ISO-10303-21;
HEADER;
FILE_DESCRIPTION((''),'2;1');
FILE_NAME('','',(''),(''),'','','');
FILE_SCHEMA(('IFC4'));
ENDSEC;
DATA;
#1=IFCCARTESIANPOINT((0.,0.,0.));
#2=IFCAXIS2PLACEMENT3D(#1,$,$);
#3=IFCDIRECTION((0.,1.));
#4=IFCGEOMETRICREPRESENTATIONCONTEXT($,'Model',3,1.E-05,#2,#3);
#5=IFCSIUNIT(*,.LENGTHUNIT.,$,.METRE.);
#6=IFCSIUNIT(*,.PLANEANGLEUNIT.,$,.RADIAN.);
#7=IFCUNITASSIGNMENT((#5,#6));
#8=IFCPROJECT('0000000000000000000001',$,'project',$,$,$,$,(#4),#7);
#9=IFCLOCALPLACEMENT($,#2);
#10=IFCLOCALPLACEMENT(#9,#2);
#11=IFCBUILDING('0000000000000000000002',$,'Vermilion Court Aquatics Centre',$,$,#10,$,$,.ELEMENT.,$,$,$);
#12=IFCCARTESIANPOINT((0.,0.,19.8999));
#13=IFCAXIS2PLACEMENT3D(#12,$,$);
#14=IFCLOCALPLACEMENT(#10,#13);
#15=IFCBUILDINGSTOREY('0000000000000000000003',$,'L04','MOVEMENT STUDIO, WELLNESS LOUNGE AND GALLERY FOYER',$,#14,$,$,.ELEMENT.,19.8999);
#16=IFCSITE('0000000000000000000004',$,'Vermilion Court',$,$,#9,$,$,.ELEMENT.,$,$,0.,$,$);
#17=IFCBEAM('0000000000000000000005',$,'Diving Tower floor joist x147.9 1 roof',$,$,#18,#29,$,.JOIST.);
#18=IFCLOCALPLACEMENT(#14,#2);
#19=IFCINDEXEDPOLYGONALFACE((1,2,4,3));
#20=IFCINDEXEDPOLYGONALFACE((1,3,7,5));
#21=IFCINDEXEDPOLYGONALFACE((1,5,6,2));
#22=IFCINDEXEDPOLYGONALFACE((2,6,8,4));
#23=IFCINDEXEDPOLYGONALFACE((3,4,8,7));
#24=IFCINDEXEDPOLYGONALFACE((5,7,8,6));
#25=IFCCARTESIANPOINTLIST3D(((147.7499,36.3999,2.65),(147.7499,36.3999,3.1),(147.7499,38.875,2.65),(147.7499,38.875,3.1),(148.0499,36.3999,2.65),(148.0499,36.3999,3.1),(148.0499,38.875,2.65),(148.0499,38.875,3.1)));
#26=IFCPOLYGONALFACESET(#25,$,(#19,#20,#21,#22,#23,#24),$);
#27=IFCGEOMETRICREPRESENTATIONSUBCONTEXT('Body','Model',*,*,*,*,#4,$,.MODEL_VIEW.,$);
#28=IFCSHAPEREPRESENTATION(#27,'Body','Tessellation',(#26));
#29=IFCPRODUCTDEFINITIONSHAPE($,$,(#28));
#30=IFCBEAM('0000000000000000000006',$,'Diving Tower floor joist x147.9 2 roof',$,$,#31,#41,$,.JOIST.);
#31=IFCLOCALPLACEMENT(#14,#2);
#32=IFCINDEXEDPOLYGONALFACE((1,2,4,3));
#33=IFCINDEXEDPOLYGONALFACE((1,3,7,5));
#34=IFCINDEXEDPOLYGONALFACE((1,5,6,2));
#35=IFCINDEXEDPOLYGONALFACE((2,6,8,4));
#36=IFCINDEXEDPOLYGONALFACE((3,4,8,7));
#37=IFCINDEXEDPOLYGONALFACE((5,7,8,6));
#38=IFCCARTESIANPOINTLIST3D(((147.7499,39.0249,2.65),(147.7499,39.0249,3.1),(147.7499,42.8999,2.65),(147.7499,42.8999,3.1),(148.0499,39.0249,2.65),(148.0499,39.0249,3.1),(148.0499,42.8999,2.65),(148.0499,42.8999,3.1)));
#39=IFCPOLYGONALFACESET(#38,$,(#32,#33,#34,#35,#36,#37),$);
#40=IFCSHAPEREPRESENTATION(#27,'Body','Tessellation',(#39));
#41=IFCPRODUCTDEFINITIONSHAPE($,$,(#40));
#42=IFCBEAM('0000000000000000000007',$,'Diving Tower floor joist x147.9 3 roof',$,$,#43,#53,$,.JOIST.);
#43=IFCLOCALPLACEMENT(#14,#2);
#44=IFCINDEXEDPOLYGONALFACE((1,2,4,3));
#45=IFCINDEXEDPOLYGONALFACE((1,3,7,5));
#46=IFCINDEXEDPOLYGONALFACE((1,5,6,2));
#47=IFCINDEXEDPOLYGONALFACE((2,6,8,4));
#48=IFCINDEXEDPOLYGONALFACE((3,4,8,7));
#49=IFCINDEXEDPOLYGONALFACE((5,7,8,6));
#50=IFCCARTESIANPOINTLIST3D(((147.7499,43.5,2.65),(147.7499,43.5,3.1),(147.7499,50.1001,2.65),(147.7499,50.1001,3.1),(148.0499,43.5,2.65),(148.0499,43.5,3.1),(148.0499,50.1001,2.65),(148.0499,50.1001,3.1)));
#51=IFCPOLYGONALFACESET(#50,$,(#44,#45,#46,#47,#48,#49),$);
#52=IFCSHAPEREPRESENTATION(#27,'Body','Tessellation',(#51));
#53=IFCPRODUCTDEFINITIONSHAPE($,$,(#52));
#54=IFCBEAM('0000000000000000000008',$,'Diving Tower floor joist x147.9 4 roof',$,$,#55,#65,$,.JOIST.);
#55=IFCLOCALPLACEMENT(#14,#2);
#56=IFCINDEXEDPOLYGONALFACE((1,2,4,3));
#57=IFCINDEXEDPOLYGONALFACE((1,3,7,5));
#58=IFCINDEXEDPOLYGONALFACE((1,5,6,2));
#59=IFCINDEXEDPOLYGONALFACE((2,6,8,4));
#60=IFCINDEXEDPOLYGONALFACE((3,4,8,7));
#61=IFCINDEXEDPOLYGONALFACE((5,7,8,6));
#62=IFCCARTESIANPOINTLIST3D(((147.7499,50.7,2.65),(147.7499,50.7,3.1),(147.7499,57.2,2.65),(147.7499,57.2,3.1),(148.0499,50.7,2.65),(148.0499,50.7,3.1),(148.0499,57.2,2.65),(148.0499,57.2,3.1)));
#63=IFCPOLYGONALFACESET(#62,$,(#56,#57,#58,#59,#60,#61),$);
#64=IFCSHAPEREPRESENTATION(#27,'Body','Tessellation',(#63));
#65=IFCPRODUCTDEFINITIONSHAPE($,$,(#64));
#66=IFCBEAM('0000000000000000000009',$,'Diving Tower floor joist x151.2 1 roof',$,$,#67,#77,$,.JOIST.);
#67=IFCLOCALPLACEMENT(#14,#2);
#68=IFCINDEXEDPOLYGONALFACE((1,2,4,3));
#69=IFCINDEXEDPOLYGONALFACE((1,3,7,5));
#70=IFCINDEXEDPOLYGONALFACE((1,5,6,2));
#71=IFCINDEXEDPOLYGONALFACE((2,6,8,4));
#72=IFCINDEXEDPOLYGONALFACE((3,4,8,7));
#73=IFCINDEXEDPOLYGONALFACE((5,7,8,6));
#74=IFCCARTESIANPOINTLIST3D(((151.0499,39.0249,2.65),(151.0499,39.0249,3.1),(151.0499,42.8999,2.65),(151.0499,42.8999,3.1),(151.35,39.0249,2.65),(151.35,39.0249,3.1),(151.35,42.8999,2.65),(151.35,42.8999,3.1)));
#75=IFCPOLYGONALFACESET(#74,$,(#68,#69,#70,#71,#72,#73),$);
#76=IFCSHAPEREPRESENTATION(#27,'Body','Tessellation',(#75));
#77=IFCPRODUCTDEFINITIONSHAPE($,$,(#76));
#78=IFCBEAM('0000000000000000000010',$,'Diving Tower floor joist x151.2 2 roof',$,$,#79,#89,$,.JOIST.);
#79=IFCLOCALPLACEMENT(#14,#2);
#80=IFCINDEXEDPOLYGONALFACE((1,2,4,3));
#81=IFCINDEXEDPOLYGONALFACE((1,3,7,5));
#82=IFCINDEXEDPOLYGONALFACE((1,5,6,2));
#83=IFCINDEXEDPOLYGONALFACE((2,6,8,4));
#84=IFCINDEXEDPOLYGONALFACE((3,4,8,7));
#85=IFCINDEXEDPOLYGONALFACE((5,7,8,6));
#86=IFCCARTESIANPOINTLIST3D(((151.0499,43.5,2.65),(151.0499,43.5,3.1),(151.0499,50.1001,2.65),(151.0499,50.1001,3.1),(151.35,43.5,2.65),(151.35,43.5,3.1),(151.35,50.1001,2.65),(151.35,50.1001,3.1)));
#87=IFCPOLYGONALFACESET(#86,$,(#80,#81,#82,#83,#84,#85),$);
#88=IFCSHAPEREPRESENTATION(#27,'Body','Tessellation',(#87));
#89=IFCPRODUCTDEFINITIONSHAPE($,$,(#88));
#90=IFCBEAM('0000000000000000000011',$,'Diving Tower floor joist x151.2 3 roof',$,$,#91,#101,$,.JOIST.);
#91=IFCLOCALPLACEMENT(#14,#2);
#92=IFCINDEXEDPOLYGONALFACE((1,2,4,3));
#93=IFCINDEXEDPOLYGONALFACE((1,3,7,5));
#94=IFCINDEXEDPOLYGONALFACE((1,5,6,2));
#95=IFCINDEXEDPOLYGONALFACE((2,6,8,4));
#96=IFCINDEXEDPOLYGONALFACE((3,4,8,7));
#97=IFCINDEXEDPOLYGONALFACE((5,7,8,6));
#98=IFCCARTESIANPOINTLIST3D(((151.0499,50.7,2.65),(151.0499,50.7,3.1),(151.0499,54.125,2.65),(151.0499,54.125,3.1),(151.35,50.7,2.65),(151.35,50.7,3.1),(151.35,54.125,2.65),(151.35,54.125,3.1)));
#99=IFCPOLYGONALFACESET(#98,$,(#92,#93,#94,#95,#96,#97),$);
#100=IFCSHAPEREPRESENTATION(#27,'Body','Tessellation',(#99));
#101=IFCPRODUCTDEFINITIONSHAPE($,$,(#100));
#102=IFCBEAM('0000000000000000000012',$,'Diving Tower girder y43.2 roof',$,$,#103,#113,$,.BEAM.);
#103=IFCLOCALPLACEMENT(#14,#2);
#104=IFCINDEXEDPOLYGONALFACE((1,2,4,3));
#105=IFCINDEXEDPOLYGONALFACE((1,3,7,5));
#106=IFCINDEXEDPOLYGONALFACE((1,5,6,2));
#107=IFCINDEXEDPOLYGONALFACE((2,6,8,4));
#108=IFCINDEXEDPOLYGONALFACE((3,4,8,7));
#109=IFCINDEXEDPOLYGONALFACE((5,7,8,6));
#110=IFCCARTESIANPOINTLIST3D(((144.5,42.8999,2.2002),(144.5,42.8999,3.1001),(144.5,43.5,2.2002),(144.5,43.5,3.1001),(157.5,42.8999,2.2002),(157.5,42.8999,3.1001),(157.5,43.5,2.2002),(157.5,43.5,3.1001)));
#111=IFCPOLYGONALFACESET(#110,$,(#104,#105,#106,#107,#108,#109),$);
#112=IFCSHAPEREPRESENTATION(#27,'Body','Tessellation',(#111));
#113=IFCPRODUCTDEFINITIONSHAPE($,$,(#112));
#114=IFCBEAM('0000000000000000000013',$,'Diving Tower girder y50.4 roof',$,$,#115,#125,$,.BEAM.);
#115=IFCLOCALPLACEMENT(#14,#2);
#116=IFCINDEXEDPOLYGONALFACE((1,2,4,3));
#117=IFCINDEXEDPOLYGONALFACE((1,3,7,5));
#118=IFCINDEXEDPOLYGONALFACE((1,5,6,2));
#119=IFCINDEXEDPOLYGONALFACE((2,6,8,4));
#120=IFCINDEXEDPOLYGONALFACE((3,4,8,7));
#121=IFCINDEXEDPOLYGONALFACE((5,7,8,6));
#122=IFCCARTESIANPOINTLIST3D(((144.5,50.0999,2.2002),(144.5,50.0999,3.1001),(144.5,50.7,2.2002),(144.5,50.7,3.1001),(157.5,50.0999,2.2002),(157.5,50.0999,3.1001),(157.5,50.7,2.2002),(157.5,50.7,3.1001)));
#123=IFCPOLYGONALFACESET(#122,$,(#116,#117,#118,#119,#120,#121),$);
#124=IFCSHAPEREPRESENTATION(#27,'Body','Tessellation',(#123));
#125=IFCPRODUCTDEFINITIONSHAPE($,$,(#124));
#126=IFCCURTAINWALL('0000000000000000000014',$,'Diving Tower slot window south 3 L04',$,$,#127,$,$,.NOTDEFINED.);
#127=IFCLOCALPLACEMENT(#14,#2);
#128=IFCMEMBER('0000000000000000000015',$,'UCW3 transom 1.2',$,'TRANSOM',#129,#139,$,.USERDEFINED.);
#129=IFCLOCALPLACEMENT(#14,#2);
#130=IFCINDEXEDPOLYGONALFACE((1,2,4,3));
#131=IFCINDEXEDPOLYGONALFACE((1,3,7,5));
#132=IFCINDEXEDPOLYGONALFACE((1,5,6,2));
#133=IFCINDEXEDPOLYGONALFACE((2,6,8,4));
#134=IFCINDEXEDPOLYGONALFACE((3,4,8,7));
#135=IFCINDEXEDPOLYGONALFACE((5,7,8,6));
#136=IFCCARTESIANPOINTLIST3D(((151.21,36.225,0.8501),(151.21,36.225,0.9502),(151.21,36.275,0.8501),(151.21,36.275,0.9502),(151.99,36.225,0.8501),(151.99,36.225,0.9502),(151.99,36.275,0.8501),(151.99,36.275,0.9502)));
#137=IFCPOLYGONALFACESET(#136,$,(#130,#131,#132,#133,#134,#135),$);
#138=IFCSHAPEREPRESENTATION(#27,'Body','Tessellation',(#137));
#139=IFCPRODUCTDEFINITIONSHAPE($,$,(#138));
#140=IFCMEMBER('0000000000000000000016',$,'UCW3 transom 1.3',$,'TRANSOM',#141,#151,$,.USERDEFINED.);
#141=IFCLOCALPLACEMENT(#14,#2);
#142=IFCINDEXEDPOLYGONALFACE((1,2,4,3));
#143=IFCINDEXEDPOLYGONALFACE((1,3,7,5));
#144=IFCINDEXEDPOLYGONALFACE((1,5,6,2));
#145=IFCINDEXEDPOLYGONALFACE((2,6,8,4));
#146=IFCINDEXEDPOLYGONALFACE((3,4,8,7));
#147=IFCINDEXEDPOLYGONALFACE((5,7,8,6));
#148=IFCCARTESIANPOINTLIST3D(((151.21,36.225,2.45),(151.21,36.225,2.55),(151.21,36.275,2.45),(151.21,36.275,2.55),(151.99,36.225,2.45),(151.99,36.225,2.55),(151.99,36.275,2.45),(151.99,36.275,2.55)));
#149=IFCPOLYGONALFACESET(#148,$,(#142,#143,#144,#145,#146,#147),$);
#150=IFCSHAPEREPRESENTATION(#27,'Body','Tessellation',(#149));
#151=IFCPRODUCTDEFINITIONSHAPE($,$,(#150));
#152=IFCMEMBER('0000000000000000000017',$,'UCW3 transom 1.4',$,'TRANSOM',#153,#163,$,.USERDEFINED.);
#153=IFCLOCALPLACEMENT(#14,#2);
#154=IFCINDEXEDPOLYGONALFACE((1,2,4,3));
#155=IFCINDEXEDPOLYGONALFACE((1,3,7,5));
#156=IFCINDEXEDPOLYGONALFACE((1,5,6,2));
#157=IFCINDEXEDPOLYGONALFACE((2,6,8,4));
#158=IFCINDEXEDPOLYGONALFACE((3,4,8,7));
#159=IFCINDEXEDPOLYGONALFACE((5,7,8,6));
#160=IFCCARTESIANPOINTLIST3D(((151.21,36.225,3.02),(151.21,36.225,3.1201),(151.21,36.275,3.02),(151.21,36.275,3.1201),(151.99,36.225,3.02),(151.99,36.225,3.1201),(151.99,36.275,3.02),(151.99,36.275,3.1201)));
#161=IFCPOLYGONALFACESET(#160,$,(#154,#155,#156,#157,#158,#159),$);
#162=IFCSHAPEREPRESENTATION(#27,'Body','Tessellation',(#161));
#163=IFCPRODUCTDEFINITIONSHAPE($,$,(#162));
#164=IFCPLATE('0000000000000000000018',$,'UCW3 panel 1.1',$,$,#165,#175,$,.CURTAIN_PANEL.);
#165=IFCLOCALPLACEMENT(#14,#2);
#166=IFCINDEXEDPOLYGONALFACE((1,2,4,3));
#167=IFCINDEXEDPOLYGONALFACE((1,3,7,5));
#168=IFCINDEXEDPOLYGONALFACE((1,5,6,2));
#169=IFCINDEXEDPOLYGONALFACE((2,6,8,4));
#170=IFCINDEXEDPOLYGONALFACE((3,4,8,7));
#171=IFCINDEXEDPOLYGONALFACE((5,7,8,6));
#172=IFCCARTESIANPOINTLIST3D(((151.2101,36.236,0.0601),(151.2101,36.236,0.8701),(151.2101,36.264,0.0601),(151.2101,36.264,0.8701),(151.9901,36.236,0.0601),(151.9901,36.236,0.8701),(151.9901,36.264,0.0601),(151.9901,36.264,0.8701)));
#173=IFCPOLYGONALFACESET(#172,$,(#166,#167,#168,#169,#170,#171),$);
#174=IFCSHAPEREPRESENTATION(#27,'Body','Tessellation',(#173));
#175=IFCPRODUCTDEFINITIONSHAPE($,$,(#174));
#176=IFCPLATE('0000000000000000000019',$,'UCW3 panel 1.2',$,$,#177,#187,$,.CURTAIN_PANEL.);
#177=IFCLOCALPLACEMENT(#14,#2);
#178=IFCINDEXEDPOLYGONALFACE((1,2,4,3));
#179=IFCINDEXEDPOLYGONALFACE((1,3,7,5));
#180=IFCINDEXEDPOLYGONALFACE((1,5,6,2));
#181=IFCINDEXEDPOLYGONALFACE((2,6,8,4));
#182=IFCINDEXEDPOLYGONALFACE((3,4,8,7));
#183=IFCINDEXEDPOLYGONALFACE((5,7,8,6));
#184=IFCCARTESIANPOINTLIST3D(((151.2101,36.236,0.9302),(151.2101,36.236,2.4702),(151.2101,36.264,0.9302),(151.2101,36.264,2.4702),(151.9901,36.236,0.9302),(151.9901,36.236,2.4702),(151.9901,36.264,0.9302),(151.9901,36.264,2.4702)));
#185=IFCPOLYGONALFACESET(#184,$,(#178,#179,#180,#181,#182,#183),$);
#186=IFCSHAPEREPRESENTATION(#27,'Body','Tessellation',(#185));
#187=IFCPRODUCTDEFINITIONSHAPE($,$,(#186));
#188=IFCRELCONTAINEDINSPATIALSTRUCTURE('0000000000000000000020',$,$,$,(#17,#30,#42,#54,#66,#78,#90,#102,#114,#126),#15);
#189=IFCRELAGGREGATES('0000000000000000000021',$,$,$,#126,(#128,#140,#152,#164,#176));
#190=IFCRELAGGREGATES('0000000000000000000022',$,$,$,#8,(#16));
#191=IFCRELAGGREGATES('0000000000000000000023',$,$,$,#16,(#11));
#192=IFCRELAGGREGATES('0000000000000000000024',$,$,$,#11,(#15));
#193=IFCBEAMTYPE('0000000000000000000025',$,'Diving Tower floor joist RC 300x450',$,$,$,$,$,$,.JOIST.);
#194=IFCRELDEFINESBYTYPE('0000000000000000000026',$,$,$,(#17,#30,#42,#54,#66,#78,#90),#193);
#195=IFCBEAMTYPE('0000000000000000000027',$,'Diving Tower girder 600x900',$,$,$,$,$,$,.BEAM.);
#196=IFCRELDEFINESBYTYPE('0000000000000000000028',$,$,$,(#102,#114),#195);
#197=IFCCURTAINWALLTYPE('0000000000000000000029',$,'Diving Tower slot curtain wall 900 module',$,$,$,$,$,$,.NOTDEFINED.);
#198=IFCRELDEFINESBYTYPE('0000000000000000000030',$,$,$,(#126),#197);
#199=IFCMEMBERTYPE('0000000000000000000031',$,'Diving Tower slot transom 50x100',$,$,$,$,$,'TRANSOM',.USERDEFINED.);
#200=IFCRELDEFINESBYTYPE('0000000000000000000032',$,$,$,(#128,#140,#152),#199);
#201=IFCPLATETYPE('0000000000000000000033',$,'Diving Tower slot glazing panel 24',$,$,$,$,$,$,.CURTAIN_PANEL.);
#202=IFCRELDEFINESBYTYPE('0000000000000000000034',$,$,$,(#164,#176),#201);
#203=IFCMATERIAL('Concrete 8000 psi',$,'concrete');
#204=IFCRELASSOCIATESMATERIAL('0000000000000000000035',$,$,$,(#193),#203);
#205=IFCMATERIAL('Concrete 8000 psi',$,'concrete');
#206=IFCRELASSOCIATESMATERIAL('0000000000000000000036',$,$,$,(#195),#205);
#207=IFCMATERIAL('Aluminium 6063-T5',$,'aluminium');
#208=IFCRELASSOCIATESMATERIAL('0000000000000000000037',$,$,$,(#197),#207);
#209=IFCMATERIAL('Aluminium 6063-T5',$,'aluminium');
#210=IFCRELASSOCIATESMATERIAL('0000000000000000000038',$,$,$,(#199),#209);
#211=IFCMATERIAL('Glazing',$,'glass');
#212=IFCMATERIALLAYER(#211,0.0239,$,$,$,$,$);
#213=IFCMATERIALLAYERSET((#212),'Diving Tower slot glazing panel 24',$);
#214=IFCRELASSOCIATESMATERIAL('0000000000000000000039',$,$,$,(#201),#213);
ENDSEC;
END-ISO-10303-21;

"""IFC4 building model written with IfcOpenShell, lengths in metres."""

from ifc_helpers import new_model, si_unit, direction, frame, origin, origin_2d, place, context, subcontext, project, spatial, rectangle, extrude, material, layer, layer_set, material_profile, profile_set, type_object, element, aggregate, save


model = new_model("IFC4")

# Units and contexts
model_context = context("Model", 3, precision=1e-05, world=origin(), true_north=direction((0.0, 1.0)))
body_context = subcontext(model_context, "Body", "Model", "MODEL_VIEW")
ifc_project = project(units=[si_unit("LENGTHUNIT", "METRE"), si_unit("PLANEANGLEUNIT", "RADIAN")], contexts=[model_context])

# Site, building, storey
site_placement = place(None, origin())
site = spatial("IfcSite", under=ifc_project, at=site_placement, Name="Vermilion Court", CompositionType="ELEMENT", RefElevation=0.0)
building_placement = place(site_placement, origin())
building = spatial("IfcBuilding", under=site, at=building_placement, Name="Vermilion Court Aquatics Centre", CompositionType="ELEMENT")
storey_placement = place(building_placement, frame((0.0, 0.0, 19.8999)))
storey = spatial("IfcBuildingStorey", under=building, at=storey_placement, Name="L04", Description="MOVEMENT STUDIO, WELLNESS LOUNGE AND GALLERY FOYER", CompositionType="ELEMENT", Elevation=19.8999)

# Beams
ifc_material_1 = material(Name="Concrete 8000 psi", Category="concrete")
ifc_material_profile_1 = material_profile(ifc_material_1, rectangle(XDim=0.3, YDim=0.45, at=origin_2d()), Name="RC 300x450")
ifc_profile_set_1 = profile_set([ifc_material_profile_1], Name="Concrete 8000 psi")
beam_type_1 = type_object("IfcBeamType", Name="Diving Tower floor joist RC 300x450", PredefinedType="JOIST", material=ifc_profile_set_1)
beam_1_placement = place(storey_placement, frame((147.8999, 36.3999, 2.875), z_axis=(0.0, 1.0, 0.0), x_axis=(-1.0, 0.0, 0.0)))
element("IfcBeam", 1, at=beam_1_placement, inside=storey, type_object=beam_type_1, Name="Diving Tower floor joist x147.9 1 roof", PredefinedType="JOIST", context=body_context, shape_type="SweptSolid", body=[
    extrude(rectangle(XDim=0.3, YDim=0.45, at=origin_2d()), origin(), (0.0, 0.0, 1.0), 2.4751),
])
beam_2_placement = place(storey_placement, frame((147.8999, 39.0249, 2.875), z_axis=(0.0, 1.0, 0.0), x_axis=(-1.0, 0.0, 0.0)))
element("IfcBeam", 2, at=beam_2_placement, inside=storey, type_object=beam_type_1, Name="Diving Tower floor joist x147.9 2 roof", PredefinedType="JOIST", context=body_context, shape_type="SweptSolid", body=[
    extrude(rectangle(XDim=0.3, YDim=0.45, at=origin_2d()), origin(), (0.0, 0.0, 1.0), 3.875),
])
beam_3_placement = place(storey_placement, frame((147.8999, 43.5, 2.875), z_axis=(0.0, 1.0, 0.0), x_axis=(-1.0, 0.0, 0.0)))
element("IfcBeam", 3, at=beam_3_placement, inside=storey, type_object=beam_type_1, Name="Diving Tower floor joist x147.9 3 roof", PredefinedType="JOIST", context=body_context, shape_type="SweptSolid", body=[
    extrude(rectangle(XDim=0.3, YDim=0.45, at=origin_2d()), origin(), (0.0, 0.0, 1.0), 6.6001),
])
beam_4_placement = place(storey_placement, frame((147.8999, 50.7, 2.875), z_axis=(0.0, 1.0, 0.0), x_axis=(-1.0, 0.0, 0.0)))
element("IfcBeam", 4, at=beam_4_placement, inside=storey, type_object=beam_type_1, Name="Diving Tower floor joist x147.9 4 roof", PredefinedType="JOIST", context=body_context, shape_type="SweptSolid", body=[
    extrude(rectangle(XDim=0.3, YDim=0.45, at=origin_2d()), origin(), (0.0, 0.0, 1.0), 6.5),
])
beam_5_placement = place(storey_placement, frame((151.2, 39.0249, 2.875), z_axis=(0.0, 1.0, 0.0), x_axis=(-1.0, 0.0, 0.0)))
element("IfcBeam", 5, at=beam_5_placement, inside=storey, type_object=beam_type_1, Name="Diving Tower floor joist x151.2 1 roof", PredefinedType="JOIST", context=body_context, shape_type="SweptSolid", body=[
    extrude(rectangle(XDim=0.3, YDim=0.45, at=origin_2d()), origin(), (0.0, 0.0, 1.0), 3.875),
])
beam_6_placement = place(storey_placement, frame((151.2, 43.5, 2.875), z_axis=(0.0, 1.0, 0.0), x_axis=(-1.0, 0.0, 0.0)))
element("IfcBeam", 6, at=beam_6_placement, inside=storey, type_object=beam_type_1, Name="Diving Tower floor joist x151.2 2 roof", PredefinedType="JOIST", context=body_context, shape_type="SweptSolid", body=[
    extrude(rectangle(XDim=0.3, YDim=0.45, at=origin_2d()), origin(), (0.0, 0.0, 1.0), 6.6001),
])
beam_7_placement = place(storey_placement, frame((151.2, 50.7, 2.875), z_axis=(0.0, 1.0, 0.0), x_axis=(-1.0, 0.0, 0.0)))
element("IfcBeam", 7, at=beam_7_placement, inside=storey, type_object=beam_type_1, Name="Diving Tower floor joist x151.2 3 roof", PredefinedType="JOIST", context=body_context, shape_type="SweptSolid", body=[
    extrude(rectangle(XDim=0.3, YDim=0.45, at=origin_2d()), origin(), (0.0, 0.0, 1.0), 3.425),
])
ifc_material_2 = material(Name="Concrete 8000 psi", Category="concrete")
ifc_material_profile_2 = material_profile(ifc_material_2, rectangle(XDim=0.6001, YDim=0.8999, at=origin_2d()), Name="RC 600x900")
ifc_profile_set_2 = profile_set([ifc_material_profile_2], Name="Concrete 8000 psi")
beam_type_2 = type_object("IfcBeamType", Name="Diving Tower girder 600x900", PredefinedType="BEAM", material=ifc_profile_set_2)
for number, where, z_axis, x_axis, name in (
    (8, (144.5, 43.2, 2.6501), (1.0, 0.0, 0.0), (0.0, 1.0, 0.0), "Diving Tower girder y43.2 roof"),
    (9, (144.5, 50.3999, 2.6501), (1.0, 0.0, 0.0), (0.0, 1.0, 0.0), "Diving Tower girder y50.4 roof"),
):
    element("IfcBeam", number, at=place(storey_placement, frame(where, z_axis=z_axis, x_axis=x_axis)), inside=storey, type_object=beam_type_2, Name=name, PredefinedType="BEAM", context=body_context, shape_type="SweptSolid", body=[
        extrude(rectangle(XDim=0.6001, YDim=0.8999, at=origin_2d()), origin(), (0.0, 0.0, 1.0), 13.0),
    ])

# Curtain wall, members, plates
ifc_material_3 = material(Name="Aluminium 6063-T5", Category="aluminium")
curtain_wall_type = type_object("IfcCurtainWallType", Name="Diving Tower slot curtain wall 900 module", PredefinedType="NOTDEFINED", material=ifc_material_3)
curtain_wall_placement = place(storey_placement, origin())
curtain_wall = element("IfcCurtainWall", 10, at=curtain_wall_placement, inside=storey, type_object=curtain_wall_type, Name="Diving Tower slot window south 3 L04", PredefinedType="NOTDEFINED")
ifc_material_4 = material(Name="Aluminium 6063-T5", Category="aluminium")
ifc_material_profile_3 = material_profile(ifc_material_4, rectangle(XDim=0.05, YDim=0.1001, at=origin_2d()), Name="AL 50x100")
ifc_profile_set_3 = profile_set([ifc_material_profile_3], Name="Aluminium 6063-T5")
member_type = type_object("IfcMemberType", Name="Diving Tower slot transom 50x100", ElementType="TRANSOM", PredefinedType="USERDEFINED", material=ifc_profile_set_3)
member_1_placement = place(storey_placement, frame((151.21, 36.25, 0.9001), z_axis=(1.0, 0.0, 0.0), x_axis=(0.0, 1.0, 0.0)))
member_1 = element("IfcMember", 11, at=member_1_placement, type_object=member_type, Name="UCW3 transom 1.2", ObjectType="TRANSOM", PredefinedType="USERDEFINED", context=body_context, shape_type="SweptSolid", body=[
    extrude(rectangle(XDim=0.05, YDim=0.1001, at=origin_2d()), origin(), (0.0, 0.0, 1.0), 0.78),
])
member_2_placement = place(storey_placement, frame((151.21, 36.25, 2.5), z_axis=(1.0, 0.0, 0.0), x_axis=(0.0, 1.0, 0.0)))
member_2 = element("IfcMember", 12, at=member_2_placement, type_object=member_type, Name="UCW3 transom 1.3", ObjectType="TRANSOM", PredefinedType="USERDEFINED", context=body_context, shape_type="SweptSolid", body=[
    extrude(rectangle(XDim=0.05, YDim=0.1001, at=origin_2d()), origin(), (0.0, 0.0, 1.0), 0.78),
])
member_3_placement = place(storey_placement, frame((151.21, 36.25, 3.0701), z_axis=(1.0, 0.0, 0.0), x_axis=(0.0, 1.0, 0.0)))
member_3 = element("IfcMember", 13, at=member_3_placement, type_object=member_type, Name="UCW3 transom 1.4", ObjectType="TRANSOM", PredefinedType="USERDEFINED", context=body_context, shape_type="SweptSolid", body=[
    extrude(rectangle(XDim=0.05, YDim=0.1001, at=origin_2d()), origin(), (0.0, 0.0, 1.0), 0.78),
])
ifc_material_5 = material(Name="Glazing", Category="glass")
ifc_layer_1 = layer(ifc_material_5, 0.0239)
ifc_layer_set_1 = layer_set([ifc_layer_1], Name="Diving Tower slot glazing panel 24")
plate_type = type_object("IfcPlateType", Name="Diving Tower slot glazing panel 24", PredefinedType="CURTAIN_PANEL", material=ifc_layer_set_1)
plate_1_placement = place(storey_placement, frame((151.6001, 36.25, 0.0601), z_axis=(0.0, 0.0, 1.0), x_axis=(1.0, 0.0, 0.0)))
plate_1 = element("IfcPlate", 14, at=plate_1_placement, type_object=plate_type, Name="UCW3 panel 1.1", PredefinedType="CURTAIN_PANEL", context=body_context, shape_type="SweptSolid", body=[
    extrude(rectangle(XDim=0.78, YDim=0.0281, at=origin_2d()), origin(), (0.0, 0.0, 1.0), 0.8101),
])
plate_2_placement = place(storey_placement, frame((151.6001, 36.25, 0.9302), z_axis=(0.0, 0.0, 1.0), x_axis=(1.0, 0.0, 0.0)))
plate_2 = element("IfcPlate", 15, at=plate_2_placement, type_object=plate_type, Name="UCW3 panel 1.2", PredefinedType="CURTAIN_PANEL", context=body_context, shape_type="SweptSolid", body=[
    extrude(rectangle(XDim=0.78, YDim=0.0281, at=origin_2d()), origin(), (0.0, 0.0, 1.0), 1.54),
])
aggregate(curtain_wall, [member_1, member_2, member_3, plate_1, plate_2])

save(model, "model.ifc")
